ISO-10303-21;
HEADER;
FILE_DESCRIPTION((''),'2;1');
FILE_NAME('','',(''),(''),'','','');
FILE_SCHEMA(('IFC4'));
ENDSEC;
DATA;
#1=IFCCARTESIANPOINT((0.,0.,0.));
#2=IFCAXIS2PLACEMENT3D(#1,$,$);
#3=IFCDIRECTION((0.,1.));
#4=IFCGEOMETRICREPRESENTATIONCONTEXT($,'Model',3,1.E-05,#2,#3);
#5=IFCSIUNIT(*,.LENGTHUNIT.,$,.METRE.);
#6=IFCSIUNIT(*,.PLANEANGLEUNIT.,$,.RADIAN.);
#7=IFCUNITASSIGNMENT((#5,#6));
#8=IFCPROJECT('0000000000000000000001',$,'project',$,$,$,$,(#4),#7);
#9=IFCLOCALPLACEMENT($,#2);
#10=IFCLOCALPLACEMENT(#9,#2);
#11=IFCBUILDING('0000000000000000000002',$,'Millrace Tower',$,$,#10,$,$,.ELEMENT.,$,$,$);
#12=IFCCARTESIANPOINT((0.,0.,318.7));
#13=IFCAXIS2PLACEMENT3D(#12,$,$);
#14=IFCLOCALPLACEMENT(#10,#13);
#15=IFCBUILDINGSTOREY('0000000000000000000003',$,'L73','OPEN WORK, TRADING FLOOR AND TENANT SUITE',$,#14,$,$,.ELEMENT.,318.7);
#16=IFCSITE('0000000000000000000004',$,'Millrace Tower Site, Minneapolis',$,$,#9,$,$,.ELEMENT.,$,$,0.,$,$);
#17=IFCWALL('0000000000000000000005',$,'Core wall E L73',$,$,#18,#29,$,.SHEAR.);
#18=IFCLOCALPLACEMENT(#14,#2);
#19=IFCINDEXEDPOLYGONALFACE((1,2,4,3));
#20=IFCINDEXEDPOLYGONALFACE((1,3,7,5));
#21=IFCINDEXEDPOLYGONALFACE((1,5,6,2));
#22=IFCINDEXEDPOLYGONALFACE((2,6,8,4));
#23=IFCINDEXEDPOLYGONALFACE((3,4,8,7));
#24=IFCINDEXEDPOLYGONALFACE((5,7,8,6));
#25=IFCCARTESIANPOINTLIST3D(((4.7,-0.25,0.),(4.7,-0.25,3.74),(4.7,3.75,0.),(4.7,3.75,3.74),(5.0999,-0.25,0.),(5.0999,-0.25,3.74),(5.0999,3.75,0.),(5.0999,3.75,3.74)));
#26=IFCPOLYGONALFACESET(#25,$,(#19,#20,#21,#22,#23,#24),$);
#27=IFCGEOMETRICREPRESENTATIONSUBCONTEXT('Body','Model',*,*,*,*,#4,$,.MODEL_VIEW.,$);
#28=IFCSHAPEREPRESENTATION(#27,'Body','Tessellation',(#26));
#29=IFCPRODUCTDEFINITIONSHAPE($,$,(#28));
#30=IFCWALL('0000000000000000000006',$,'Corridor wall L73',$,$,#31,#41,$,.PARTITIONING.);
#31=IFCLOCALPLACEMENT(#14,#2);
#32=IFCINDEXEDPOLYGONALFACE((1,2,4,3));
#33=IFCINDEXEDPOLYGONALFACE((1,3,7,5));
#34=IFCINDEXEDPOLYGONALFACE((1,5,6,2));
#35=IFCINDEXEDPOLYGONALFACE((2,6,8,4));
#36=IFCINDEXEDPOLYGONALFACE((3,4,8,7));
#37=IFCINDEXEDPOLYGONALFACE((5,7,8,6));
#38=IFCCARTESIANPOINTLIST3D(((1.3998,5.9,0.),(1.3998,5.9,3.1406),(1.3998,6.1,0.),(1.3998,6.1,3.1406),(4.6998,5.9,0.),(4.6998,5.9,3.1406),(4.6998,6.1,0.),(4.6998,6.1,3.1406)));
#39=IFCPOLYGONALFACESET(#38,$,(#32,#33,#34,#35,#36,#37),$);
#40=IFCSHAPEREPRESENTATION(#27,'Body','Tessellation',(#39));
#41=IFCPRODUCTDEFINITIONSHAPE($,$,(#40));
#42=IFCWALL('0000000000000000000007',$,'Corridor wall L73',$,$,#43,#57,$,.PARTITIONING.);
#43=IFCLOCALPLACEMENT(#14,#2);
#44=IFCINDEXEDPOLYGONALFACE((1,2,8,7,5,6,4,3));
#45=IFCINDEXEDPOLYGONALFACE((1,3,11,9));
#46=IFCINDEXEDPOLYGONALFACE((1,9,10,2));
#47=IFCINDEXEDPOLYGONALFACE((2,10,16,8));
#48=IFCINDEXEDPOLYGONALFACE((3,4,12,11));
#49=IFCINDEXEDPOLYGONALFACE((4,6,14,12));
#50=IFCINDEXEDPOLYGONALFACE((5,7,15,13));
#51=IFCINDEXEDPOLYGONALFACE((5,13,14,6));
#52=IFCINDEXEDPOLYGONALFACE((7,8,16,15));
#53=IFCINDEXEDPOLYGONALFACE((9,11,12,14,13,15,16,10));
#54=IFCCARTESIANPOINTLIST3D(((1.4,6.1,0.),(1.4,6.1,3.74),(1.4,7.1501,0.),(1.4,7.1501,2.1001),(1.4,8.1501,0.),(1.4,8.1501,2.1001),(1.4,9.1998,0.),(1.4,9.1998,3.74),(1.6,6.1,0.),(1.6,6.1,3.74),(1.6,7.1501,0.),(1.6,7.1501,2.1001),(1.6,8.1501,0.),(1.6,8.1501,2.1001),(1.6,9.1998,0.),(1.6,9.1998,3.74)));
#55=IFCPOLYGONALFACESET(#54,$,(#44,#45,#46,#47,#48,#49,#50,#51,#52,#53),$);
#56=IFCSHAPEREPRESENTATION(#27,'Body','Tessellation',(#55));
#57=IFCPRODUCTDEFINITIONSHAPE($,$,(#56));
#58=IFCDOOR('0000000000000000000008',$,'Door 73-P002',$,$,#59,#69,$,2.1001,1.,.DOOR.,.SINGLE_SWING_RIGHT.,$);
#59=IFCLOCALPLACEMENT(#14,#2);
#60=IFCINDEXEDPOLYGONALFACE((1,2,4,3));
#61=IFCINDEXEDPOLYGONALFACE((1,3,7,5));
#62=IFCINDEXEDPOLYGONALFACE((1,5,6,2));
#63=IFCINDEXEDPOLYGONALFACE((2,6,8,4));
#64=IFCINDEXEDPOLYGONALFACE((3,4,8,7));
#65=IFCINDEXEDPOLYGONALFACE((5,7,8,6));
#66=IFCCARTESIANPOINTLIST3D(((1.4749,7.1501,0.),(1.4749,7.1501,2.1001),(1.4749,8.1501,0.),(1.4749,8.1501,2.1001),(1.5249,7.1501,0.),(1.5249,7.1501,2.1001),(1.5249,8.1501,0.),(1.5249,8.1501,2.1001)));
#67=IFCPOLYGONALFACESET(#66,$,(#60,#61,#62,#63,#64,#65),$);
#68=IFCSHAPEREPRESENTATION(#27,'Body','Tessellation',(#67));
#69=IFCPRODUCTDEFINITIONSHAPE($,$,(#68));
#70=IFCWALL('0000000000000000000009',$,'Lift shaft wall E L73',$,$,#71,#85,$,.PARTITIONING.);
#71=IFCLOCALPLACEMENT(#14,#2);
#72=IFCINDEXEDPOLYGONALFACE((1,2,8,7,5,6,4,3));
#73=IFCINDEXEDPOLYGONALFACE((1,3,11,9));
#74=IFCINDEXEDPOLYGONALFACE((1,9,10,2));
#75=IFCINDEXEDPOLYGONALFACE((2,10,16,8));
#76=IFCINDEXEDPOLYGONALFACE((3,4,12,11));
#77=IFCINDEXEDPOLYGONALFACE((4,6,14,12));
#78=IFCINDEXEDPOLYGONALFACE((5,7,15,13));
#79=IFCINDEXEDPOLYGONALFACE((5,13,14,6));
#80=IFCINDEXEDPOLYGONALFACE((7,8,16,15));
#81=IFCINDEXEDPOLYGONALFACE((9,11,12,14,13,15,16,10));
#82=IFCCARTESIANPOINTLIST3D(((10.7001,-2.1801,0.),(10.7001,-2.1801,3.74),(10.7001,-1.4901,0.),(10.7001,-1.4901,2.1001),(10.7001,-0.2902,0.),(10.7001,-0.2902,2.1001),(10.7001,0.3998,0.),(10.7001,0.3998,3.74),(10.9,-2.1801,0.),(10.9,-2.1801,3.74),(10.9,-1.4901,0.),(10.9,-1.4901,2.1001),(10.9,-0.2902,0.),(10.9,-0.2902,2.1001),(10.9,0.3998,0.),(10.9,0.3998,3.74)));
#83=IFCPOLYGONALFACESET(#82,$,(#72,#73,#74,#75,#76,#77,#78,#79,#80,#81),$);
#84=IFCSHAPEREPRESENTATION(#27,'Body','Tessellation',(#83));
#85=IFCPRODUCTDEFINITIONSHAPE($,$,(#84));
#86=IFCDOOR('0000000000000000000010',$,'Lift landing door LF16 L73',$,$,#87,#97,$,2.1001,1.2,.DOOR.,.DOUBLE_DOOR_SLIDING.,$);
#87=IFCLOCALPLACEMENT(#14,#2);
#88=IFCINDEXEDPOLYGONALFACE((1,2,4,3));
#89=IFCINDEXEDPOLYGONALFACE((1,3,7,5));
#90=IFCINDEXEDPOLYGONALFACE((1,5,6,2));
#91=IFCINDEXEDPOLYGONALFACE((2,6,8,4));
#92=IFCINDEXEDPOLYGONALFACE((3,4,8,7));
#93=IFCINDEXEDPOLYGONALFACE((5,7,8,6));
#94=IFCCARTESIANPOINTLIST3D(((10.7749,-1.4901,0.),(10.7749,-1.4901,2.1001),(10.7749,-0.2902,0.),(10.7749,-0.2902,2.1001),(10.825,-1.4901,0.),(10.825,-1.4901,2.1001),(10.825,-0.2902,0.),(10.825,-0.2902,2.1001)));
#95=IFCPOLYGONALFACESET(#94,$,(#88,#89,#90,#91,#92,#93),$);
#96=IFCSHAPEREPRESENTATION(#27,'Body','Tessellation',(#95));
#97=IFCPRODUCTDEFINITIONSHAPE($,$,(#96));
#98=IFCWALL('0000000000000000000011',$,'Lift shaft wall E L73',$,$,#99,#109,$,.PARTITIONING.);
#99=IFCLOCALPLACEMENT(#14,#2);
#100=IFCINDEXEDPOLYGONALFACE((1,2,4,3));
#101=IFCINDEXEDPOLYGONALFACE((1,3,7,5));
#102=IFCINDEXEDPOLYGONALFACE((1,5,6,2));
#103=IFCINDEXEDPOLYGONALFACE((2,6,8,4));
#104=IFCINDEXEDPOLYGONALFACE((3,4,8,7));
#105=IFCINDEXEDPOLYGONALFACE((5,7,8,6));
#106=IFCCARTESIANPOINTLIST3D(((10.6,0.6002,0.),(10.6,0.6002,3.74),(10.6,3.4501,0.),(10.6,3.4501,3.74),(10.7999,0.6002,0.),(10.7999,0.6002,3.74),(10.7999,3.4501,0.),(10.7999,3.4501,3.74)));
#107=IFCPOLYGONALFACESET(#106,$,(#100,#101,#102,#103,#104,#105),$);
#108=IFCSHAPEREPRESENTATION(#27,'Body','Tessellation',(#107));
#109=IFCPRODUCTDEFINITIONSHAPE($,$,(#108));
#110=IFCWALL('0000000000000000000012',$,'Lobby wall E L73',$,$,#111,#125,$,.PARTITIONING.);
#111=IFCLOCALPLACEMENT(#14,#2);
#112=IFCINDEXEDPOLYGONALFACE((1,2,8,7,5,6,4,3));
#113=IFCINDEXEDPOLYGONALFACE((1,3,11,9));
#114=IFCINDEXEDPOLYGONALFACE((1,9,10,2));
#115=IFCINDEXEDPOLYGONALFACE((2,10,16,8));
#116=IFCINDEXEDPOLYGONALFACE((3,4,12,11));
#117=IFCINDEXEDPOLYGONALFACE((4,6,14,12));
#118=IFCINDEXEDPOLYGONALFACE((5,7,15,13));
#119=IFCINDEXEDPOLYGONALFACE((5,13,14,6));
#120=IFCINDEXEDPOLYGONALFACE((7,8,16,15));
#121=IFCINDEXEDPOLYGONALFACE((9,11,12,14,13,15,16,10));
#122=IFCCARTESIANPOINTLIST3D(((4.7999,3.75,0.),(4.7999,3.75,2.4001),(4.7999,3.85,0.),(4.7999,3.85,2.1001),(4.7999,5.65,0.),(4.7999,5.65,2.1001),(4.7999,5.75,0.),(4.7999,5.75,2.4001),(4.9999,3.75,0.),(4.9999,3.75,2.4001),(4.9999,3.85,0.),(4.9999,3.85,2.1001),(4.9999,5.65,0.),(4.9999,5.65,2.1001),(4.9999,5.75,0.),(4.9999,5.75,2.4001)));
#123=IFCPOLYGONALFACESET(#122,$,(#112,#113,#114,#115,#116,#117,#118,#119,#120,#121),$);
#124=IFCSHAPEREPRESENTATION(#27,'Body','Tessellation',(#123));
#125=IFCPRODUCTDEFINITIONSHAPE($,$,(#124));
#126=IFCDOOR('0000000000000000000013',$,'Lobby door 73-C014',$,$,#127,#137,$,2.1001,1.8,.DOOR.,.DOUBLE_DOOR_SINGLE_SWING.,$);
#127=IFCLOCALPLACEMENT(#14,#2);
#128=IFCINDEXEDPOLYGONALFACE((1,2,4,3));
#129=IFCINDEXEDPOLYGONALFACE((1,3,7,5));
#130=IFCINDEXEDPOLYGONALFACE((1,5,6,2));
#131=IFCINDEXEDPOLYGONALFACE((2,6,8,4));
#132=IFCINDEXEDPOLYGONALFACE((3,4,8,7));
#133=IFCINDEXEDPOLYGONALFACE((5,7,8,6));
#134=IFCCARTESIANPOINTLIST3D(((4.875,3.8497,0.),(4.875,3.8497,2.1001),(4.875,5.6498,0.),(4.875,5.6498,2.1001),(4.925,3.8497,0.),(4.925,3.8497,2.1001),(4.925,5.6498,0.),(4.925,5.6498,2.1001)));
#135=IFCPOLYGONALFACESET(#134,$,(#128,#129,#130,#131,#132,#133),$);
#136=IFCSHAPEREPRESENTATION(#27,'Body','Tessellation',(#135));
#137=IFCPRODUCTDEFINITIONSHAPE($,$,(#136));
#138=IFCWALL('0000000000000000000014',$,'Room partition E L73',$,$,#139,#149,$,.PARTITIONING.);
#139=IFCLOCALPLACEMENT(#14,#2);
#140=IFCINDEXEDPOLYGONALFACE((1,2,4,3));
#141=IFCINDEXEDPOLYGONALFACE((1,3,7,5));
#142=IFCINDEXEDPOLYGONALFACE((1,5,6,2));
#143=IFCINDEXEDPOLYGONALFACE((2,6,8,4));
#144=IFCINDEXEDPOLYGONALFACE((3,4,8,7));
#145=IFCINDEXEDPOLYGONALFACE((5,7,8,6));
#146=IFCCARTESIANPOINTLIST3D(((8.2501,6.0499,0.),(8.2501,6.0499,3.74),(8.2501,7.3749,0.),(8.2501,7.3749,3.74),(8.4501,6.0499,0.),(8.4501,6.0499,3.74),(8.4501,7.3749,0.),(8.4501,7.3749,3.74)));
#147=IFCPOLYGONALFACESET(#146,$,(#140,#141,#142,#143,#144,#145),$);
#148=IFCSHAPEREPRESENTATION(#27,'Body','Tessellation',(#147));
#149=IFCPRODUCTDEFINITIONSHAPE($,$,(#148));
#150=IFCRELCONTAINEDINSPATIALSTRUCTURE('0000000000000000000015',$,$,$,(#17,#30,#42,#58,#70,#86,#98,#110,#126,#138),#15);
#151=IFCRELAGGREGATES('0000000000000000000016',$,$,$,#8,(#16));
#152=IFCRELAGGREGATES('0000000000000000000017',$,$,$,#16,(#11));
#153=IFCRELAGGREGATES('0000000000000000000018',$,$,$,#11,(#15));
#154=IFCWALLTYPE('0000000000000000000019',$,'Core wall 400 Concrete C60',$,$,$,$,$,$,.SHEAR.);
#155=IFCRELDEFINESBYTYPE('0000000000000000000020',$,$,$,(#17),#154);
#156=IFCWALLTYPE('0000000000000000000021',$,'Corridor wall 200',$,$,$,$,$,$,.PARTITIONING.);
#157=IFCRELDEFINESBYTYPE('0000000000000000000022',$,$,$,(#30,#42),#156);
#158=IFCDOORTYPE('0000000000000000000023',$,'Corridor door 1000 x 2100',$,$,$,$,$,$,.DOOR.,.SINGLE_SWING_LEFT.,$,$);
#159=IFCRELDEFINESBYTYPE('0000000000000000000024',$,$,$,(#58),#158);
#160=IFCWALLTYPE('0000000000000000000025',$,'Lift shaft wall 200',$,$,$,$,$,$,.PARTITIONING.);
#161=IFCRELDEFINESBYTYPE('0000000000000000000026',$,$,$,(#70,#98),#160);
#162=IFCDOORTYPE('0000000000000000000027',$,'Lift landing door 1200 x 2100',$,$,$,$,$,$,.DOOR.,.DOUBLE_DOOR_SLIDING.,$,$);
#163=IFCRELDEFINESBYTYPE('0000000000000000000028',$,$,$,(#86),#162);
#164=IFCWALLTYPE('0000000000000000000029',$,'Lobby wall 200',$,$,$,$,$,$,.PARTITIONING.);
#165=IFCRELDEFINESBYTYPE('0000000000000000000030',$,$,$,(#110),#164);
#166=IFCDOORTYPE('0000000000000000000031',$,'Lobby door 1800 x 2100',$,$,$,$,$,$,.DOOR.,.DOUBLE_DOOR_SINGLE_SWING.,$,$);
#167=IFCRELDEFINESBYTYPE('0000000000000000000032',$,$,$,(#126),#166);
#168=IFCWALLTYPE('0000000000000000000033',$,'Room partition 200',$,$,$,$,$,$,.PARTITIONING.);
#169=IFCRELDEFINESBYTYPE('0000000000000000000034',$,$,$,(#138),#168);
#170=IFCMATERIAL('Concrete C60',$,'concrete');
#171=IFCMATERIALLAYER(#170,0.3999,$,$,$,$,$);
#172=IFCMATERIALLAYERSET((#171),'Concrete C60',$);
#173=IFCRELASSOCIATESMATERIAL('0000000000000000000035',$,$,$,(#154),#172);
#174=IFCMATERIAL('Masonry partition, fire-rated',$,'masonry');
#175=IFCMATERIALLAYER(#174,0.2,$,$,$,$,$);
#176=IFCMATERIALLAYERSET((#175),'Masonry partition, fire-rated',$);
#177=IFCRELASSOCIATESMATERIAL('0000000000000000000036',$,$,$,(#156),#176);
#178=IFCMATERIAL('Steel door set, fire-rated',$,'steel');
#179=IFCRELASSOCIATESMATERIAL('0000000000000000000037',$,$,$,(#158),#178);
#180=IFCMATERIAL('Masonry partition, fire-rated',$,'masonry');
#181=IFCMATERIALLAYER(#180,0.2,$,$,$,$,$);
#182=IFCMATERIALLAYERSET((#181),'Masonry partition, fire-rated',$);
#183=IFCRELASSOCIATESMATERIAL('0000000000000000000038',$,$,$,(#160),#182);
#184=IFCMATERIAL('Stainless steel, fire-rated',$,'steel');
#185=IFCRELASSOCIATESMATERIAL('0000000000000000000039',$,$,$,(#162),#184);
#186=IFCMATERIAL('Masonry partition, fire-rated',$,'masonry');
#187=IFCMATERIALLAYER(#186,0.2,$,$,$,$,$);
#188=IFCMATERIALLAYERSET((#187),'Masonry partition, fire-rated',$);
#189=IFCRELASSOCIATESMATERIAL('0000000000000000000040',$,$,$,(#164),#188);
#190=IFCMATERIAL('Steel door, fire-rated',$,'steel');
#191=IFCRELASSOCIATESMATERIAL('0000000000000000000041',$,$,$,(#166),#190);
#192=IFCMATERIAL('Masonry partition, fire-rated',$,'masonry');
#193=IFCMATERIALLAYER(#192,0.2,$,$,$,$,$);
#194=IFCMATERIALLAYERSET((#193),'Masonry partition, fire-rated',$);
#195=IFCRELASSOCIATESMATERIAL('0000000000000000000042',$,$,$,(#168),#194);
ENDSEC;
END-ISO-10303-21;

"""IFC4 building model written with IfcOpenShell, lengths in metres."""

from ifc_helpers import new_model, si_unit, direction, frame, frame_2d, origin, place, context, subcontext, project, spatial, rectangle, extrude, material, layer, layer_set, type_object, element, fill, save


model = new_model("IFC4")

# Units and contexts
model_context = context("Model", 3, precision=1e-05, world=origin(), true_north=direction((0.0, 1.0)))
body_context = subcontext(model_context, "Body", "Model", "MODEL_VIEW")
ifc_project = project(units=[si_unit("LENGTHUNIT", "METRE"), si_unit("PLANEANGLEUNIT", "RADIAN")], contexts=[model_context])

# Site, building, storey
site_placement = place(None, origin())
site = spatial("IfcSite", under=ifc_project, at=site_placement, Name="Millrace Tower Site, Minneapolis", CompositionType="ELEMENT", RefElevation=0.0)
building_placement = place(site_placement, origin())
building = spatial("IfcBuilding", under=site, at=building_placement, Name="Millrace Tower", CompositionType="ELEMENT")
storey_placement = place(building_placement, frame((0.0, 0.0, 318.7)))
storey = spatial("IfcBuildingStorey", under=building, at=storey_placement, Name="L73", Description="OPEN WORK, TRADING FLOOR AND TENANT SUITE", CompositionType="ELEMENT", Elevation=318.7)

# Walls
ifc_material_1 = material(Name="Concrete C60", Category="concrete")
ifc_layer_1 = layer(ifc_material_1, 0.3999)
ifc_layer_set_1 = layer_set([ifc_layer_1], Name="Concrete C60")
wall_type_1 = type_object("IfcWallType", Name="Core wall 400 Concrete C60", PredefinedType="SHEAR", material=ifc_layer_set_1)
wall_1_placement = place(storey_placement, frame((4.8999, 3.75, 0.0), z_axis=(0.0, 0.0, 1.0), x_axis=(0.0, -1.0, 0.0)))
element("IfcWall", 1, at=wall_1_placement, inside=storey, type_object=wall_type_1, Name="Core wall E L73", PredefinedType="SHEAR", context=body_context, shape_type="SweptSolid", body=[
    extrude(rectangle(XDim=4.0, YDim=0.3999, at=frame_2d((2.0, 0.0))), origin(), (0.0, 0.0, 1.0), 3.74),
])
ifc_material_2 = material(Name="Masonry partition, fire-rated", Category="masonry")
ifc_layer_2 = layer(ifc_material_2, 0.2)
ifc_layer_set_2 = layer_set([ifc_layer_2], Name="Masonry partition, fire-rated")
wall_type_2 = type_object("IfcWallType", Name="Corridor wall 200", PredefinedType="PARTITIONING", material=ifc_layer_set_2)
wall_2_placement = place(storey_placement, frame((1.3999, 6.0, 0.0), z_axis=(0.0, 0.0, 1.0), x_axis=(1.0, 0.0, 0.0)))
element("IfcWall", 2, at=wall_2_placement, inside=storey, type_object=wall_type_2, Name="Corridor wall L73", PredefinedType="PARTITIONING", context=body_context, shape_type="SweptSolid", body=[
    extrude(rectangle(XDim=3.3, YDim=0.2, at=frame_2d((1.6499, 0.0))), origin(), (0.0, 0.0, 1.0), 3.1406),
])

# Walls, openings, doors
wall_3_placement = place(storey_placement, frame((1.5, 6.1001, 0.0), z_axis=(0.0, 0.0, 1.0), x_axis=(0.0, 1.0, 0.0)))
wall_3 = element("IfcWall", 3, at=wall_3_placement, inside=storey, type_object=wall_type_2, Name="Corridor wall L73", PredefinedType="PARTITIONING", context=body_context, shape_type="SweptSolid", body=[
    extrude(rectangle(XDim=3.0999, YDim=0.2, at=frame_2d((1.5498, 0.0))), origin(), (0.0, 0.0, 1.0), 3.74),
])
opening_1_placement = place(wall_3_placement, frame((1.05, 0.0, 0.0)))
opening_1 = element("IfcOpeningElement", 4, at=opening_1_placement, cuts=wall_3, PredefinedType="OPENING", context=body_context, shape_type="SweptSolid", body=[
    extrude(rectangle(XDim=1.0, YDim=2.1001, at=frame_2d((0.5, 1.05))), frame((0.0, 0.1099, 0.0), z_axis=(0.0, -1.0, 0.0), x_axis=(1.0, 0.0, 0.0)), (0.0, 0.0, 1.0), 0.22),
])
ifc_material_3 = material(Name="Steel door set, fire-rated", Category="steel")
door_type_1 = type_object("IfcDoorType", Name="Corridor door 1000 x 2100", OperationType="SINGLE_SWING_LEFT", PredefinedType="DOOR", material=ifc_material_3)
door_1_placement = place(opening_1_placement, frame((1.0, 0.0, 0.0), z_axis=(0.0, 0.0, 1.0), x_axis=(-1.0, 0.0, 0.0)))
door_1 = element("IfcDoor", 5, at=door_1_placement, inside=storey, type_object=door_type_1, Name="Door 73-P002", OperationType="SINGLE_SWING_RIGHT", OverallHeight=2.1001, OverallWidth=1.0, PredefinedType="DOOR", context=body_context, shape_type="SweptSolid", body=[
    extrude(rectangle(XDim=1.0, YDim=2.1001, at=frame_2d((0.5, 1.05))), frame((0.0, 0.0249, 0.0), z_axis=(0.0, -1.0, 0.0), x_axis=(1.0, 0.0, 0.0)), (0.0, 0.0, 1.0), 0.05),
])
fill(opening_1, door_1)
ifc_material_4 = material(Name="Masonry partition, fire-rated", Category="masonry")
ifc_layer_3 = layer(ifc_material_4, 0.2)
ifc_layer_set_3 = layer_set([ifc_layer_3], Name="Masonry partition, fire-rated")
wall_type_3 = type_object("IfcWallType", Name="Lift shaft wall 200", PredefinedType="PARTITIONING", material=ifc_layer_set_3)
wall_4_placement = place(storey_placement, frame((10.8, 0.3999, 0.0), z_axis=(0.0, 0.0, 1.0), x_axis=(0.0, -1.0, 0.0)))
wall_4 = element("IfcWall", 6, at=wall_4_placement, inside=storey, type_object=wall_type_3, Name="Lift shaft wall E L73", PredefinedType="PARTITIONING", context=body_context, shape_type="SweptSolid", body=[
    extrude(rectangle(XDim=2.5798, YDim=0.2, at=frame_2d((1.29, 0.0))), origin(), (0.0, 0.0, 1.0), 3.74),
])
opening_2_placement = place(wall_4_placement, frame((0.6899, 0.0, 0.0)))
opening_2 = element("IfcOpeningElement", 7, at=opening_2_placement, cuts=wall_4, PredefinedType="OPENING", context=body_context, shape_type="SweptSolid", body=[
    extrude(rectangle(XDim=1.2, YDim=2.1001, at=frame_2d((0.6001, 1.05))), frame((0.0, 0.1099, 0.0), z_axis=(0.0, -1.0, 0.0), x_axis=(1.0, 0.0, 0.0)), (0.0, 0.0, 1.0), 0.22),
])
ifc_material_5 = material(Name="Stainless steel, fire-rated", Category="steel")
door_type_2 = type_object("IfcDoorType", Name="Lift landing door 1200 x 2100", OperationType="DOUBLE_DOOR_SLIDING", PredefinedType="DOOR", material=ifc_material_5)
door_2_placement = place(opening_2_placement, origin())
door_2 = element("IfcDoor", 8, at=door_2_placement, inside=storey, type_object=door_type_2, Name="Lift landing door LF16 L73", OperationType="DOUBLE_DOOR_SLIDING", OverallHeight=2.1001, OverallWidth=1.2, PredefinedType="DOOR", context=body_context, shape_type="SweptSolid", body=[
    extrude(rectangle(XDim=1.2, YDim=2.1001, at=frame_2d((0.6001, 1.05))), frame((0.0, 0.0249, 0.0), z_axis=(0.0, -1.0, 0.0), x_axis=(1.0, 0.0, 0.0)), (0.0, 0.0, 1.0), 0.05),
])
fill(opening_2, door_2)

# Wall
wall_5_placement = place(storey_placement, frame((10.7, 3.45, 0.0), z_axis=(0.0, 0.0, 1.0), x_axis=(0.0, -1.0, 0.0)))
element("IfcWall", 9, at=wall_5_placement, inside=storey, type_object=wall_type_3, Name="Lift shaft wall E L73", PredefinedType="PARTITIONING", context=body_context, shape_type="SweptSolid", body=[
    extrude(rectangle(XDim=2.8499, YDim=0.2, at=frame_2d((1.4248, 0.0))), origin(), (0.0, 0.0, 1.0), 3.74),
])

# Wall, opening, door
ifc_material_6 = material(Name="Masonry partition, fire-rated", Category="masonry")
ifc_layer_4 = layer(ifc_material_6, 0.2)
ifc_layer_set_4 = layer_set([ifc_layer_4], Name="Masonry partition, fire-rated")
wall_type_4 = type_object("IfcWallType", Name="Lobby wall 200", PredefinedType="PARTITIONING", material=ifc_layer_set_4)
wall_6_placement = place(storey_placement, frame((4.8999, 5.75, 0.0), z_axis=(0.0, 0.0, 1.0), x_axis=(0.0, -1.0, 0.0)))
wall_6 = element("IfcWall", 10, at=wall_6_placement, inside=storey, type_object=wall_type_4, Name="Lobby wall E L73", PredefinedType="PARTITIONING", context=body_context, shape_type="SweptSolid", body=[
    extrude(rectangle(XDim=2.0, YDim=0.2, at=frame_2d((1.0, 0.0))), origin(), (0.0, 0.0, 1.0), 2.4001),
])
opening_3_placement = place(wall_6_placement, frame((0.1001, 0.0, 0.0)))
opening_3 = element("IfcOpeningElement", 11, at=opening_3_placement, cuts=wall_6, PredefinedType="OPENING", context=body_context, shape_type="SweptSolid", body=[
    extrude(rectangle(XDim=1.8, YDim=2.1001, at=frame_2d((0.8999, 1.05))), frame((0.0, 0.1099, 0.0), z_axis=(0.0, -1.0, 0.0), x_axis=(1.0, 0.0, 0.0)), (0.0, 0.0, 1.0), 0.22),
])
ifc_material_7 = material(Name="Steel door, fire-rated", Category="steel")
door_type_3 = type_object("IfcDoorType", Name="Lobby door 1800 x 2100", OperationType="DOUBLE_DOOR_SINGLE_SWING", PredefinedType="DOOR", material=ifc_material_7)
door_3_placement = place(opening_3_placement, frame((1.8, 0.0, 0.0), z_axis=(0.0, 0.0, 1.0), x_axis=(-1.0, 0.0, 0.0)))
door_3 = element("IfcDoor", 12, at=door_3_placement, inside=storey, type_object=door_type_3, Name="Lobby door 73-C014", OperationType="DOUBLE_DOOR_SINGLE_SWING", OverallHeight=2.1001, OverallWidth=1.8, PredefinedType="DOOR", context=body_context, shape_type="SweptSolid", body=[
    extrude(rectangle(XDim=1.8, YDim=2.1001, at=frame_2d((0.8999, 1.05))), frame((0.0, 0.0249, 0.0), z_axis=(0.0, -1.0, 0.0), x_axis=(1.0, 0.0, 0.0)), (0.0, 0.0, 1.0), 0.05),
])
fill(opening_3, door_3)

# Wall
ifc_material_8 = material(Name="Masonry partition, fire-rated", Category="masonry")
ifc_layer_5 = layer(ifc_material_8, 0.2)
ifc_layer_set_5 = layer_set([ifc_layer_5], Name="Masonry partition, fire-rated")
wall_type_5 = type_object("IfcWallType", Name="Room partition 200", PredefinedType="PARTITIONING", material=ifc_layer_set_5)
wall_7_placement = place(storey_placement, frame((8.3501, 7.375, 0.0), z_axis=(0.0, 0.0, 1.0), x_axis=(0.0, -1.0, 0.0)))
element("IfcWall", 13, at=wall_7_placement, inside=storey, type_object=wall_type_5, Name="Room partition E L73", PredefinedType="PARTITIONING", context=body_context, shape_type="SweptSolid", body=[
    extrude(rectangle(XDim=1.325, YDim=0.2, at=frame_2d((0.6626, 0.0))), origin(), (0.0, 0.0, 1.0), 3.74),
])

save(model, "model.ifc")
